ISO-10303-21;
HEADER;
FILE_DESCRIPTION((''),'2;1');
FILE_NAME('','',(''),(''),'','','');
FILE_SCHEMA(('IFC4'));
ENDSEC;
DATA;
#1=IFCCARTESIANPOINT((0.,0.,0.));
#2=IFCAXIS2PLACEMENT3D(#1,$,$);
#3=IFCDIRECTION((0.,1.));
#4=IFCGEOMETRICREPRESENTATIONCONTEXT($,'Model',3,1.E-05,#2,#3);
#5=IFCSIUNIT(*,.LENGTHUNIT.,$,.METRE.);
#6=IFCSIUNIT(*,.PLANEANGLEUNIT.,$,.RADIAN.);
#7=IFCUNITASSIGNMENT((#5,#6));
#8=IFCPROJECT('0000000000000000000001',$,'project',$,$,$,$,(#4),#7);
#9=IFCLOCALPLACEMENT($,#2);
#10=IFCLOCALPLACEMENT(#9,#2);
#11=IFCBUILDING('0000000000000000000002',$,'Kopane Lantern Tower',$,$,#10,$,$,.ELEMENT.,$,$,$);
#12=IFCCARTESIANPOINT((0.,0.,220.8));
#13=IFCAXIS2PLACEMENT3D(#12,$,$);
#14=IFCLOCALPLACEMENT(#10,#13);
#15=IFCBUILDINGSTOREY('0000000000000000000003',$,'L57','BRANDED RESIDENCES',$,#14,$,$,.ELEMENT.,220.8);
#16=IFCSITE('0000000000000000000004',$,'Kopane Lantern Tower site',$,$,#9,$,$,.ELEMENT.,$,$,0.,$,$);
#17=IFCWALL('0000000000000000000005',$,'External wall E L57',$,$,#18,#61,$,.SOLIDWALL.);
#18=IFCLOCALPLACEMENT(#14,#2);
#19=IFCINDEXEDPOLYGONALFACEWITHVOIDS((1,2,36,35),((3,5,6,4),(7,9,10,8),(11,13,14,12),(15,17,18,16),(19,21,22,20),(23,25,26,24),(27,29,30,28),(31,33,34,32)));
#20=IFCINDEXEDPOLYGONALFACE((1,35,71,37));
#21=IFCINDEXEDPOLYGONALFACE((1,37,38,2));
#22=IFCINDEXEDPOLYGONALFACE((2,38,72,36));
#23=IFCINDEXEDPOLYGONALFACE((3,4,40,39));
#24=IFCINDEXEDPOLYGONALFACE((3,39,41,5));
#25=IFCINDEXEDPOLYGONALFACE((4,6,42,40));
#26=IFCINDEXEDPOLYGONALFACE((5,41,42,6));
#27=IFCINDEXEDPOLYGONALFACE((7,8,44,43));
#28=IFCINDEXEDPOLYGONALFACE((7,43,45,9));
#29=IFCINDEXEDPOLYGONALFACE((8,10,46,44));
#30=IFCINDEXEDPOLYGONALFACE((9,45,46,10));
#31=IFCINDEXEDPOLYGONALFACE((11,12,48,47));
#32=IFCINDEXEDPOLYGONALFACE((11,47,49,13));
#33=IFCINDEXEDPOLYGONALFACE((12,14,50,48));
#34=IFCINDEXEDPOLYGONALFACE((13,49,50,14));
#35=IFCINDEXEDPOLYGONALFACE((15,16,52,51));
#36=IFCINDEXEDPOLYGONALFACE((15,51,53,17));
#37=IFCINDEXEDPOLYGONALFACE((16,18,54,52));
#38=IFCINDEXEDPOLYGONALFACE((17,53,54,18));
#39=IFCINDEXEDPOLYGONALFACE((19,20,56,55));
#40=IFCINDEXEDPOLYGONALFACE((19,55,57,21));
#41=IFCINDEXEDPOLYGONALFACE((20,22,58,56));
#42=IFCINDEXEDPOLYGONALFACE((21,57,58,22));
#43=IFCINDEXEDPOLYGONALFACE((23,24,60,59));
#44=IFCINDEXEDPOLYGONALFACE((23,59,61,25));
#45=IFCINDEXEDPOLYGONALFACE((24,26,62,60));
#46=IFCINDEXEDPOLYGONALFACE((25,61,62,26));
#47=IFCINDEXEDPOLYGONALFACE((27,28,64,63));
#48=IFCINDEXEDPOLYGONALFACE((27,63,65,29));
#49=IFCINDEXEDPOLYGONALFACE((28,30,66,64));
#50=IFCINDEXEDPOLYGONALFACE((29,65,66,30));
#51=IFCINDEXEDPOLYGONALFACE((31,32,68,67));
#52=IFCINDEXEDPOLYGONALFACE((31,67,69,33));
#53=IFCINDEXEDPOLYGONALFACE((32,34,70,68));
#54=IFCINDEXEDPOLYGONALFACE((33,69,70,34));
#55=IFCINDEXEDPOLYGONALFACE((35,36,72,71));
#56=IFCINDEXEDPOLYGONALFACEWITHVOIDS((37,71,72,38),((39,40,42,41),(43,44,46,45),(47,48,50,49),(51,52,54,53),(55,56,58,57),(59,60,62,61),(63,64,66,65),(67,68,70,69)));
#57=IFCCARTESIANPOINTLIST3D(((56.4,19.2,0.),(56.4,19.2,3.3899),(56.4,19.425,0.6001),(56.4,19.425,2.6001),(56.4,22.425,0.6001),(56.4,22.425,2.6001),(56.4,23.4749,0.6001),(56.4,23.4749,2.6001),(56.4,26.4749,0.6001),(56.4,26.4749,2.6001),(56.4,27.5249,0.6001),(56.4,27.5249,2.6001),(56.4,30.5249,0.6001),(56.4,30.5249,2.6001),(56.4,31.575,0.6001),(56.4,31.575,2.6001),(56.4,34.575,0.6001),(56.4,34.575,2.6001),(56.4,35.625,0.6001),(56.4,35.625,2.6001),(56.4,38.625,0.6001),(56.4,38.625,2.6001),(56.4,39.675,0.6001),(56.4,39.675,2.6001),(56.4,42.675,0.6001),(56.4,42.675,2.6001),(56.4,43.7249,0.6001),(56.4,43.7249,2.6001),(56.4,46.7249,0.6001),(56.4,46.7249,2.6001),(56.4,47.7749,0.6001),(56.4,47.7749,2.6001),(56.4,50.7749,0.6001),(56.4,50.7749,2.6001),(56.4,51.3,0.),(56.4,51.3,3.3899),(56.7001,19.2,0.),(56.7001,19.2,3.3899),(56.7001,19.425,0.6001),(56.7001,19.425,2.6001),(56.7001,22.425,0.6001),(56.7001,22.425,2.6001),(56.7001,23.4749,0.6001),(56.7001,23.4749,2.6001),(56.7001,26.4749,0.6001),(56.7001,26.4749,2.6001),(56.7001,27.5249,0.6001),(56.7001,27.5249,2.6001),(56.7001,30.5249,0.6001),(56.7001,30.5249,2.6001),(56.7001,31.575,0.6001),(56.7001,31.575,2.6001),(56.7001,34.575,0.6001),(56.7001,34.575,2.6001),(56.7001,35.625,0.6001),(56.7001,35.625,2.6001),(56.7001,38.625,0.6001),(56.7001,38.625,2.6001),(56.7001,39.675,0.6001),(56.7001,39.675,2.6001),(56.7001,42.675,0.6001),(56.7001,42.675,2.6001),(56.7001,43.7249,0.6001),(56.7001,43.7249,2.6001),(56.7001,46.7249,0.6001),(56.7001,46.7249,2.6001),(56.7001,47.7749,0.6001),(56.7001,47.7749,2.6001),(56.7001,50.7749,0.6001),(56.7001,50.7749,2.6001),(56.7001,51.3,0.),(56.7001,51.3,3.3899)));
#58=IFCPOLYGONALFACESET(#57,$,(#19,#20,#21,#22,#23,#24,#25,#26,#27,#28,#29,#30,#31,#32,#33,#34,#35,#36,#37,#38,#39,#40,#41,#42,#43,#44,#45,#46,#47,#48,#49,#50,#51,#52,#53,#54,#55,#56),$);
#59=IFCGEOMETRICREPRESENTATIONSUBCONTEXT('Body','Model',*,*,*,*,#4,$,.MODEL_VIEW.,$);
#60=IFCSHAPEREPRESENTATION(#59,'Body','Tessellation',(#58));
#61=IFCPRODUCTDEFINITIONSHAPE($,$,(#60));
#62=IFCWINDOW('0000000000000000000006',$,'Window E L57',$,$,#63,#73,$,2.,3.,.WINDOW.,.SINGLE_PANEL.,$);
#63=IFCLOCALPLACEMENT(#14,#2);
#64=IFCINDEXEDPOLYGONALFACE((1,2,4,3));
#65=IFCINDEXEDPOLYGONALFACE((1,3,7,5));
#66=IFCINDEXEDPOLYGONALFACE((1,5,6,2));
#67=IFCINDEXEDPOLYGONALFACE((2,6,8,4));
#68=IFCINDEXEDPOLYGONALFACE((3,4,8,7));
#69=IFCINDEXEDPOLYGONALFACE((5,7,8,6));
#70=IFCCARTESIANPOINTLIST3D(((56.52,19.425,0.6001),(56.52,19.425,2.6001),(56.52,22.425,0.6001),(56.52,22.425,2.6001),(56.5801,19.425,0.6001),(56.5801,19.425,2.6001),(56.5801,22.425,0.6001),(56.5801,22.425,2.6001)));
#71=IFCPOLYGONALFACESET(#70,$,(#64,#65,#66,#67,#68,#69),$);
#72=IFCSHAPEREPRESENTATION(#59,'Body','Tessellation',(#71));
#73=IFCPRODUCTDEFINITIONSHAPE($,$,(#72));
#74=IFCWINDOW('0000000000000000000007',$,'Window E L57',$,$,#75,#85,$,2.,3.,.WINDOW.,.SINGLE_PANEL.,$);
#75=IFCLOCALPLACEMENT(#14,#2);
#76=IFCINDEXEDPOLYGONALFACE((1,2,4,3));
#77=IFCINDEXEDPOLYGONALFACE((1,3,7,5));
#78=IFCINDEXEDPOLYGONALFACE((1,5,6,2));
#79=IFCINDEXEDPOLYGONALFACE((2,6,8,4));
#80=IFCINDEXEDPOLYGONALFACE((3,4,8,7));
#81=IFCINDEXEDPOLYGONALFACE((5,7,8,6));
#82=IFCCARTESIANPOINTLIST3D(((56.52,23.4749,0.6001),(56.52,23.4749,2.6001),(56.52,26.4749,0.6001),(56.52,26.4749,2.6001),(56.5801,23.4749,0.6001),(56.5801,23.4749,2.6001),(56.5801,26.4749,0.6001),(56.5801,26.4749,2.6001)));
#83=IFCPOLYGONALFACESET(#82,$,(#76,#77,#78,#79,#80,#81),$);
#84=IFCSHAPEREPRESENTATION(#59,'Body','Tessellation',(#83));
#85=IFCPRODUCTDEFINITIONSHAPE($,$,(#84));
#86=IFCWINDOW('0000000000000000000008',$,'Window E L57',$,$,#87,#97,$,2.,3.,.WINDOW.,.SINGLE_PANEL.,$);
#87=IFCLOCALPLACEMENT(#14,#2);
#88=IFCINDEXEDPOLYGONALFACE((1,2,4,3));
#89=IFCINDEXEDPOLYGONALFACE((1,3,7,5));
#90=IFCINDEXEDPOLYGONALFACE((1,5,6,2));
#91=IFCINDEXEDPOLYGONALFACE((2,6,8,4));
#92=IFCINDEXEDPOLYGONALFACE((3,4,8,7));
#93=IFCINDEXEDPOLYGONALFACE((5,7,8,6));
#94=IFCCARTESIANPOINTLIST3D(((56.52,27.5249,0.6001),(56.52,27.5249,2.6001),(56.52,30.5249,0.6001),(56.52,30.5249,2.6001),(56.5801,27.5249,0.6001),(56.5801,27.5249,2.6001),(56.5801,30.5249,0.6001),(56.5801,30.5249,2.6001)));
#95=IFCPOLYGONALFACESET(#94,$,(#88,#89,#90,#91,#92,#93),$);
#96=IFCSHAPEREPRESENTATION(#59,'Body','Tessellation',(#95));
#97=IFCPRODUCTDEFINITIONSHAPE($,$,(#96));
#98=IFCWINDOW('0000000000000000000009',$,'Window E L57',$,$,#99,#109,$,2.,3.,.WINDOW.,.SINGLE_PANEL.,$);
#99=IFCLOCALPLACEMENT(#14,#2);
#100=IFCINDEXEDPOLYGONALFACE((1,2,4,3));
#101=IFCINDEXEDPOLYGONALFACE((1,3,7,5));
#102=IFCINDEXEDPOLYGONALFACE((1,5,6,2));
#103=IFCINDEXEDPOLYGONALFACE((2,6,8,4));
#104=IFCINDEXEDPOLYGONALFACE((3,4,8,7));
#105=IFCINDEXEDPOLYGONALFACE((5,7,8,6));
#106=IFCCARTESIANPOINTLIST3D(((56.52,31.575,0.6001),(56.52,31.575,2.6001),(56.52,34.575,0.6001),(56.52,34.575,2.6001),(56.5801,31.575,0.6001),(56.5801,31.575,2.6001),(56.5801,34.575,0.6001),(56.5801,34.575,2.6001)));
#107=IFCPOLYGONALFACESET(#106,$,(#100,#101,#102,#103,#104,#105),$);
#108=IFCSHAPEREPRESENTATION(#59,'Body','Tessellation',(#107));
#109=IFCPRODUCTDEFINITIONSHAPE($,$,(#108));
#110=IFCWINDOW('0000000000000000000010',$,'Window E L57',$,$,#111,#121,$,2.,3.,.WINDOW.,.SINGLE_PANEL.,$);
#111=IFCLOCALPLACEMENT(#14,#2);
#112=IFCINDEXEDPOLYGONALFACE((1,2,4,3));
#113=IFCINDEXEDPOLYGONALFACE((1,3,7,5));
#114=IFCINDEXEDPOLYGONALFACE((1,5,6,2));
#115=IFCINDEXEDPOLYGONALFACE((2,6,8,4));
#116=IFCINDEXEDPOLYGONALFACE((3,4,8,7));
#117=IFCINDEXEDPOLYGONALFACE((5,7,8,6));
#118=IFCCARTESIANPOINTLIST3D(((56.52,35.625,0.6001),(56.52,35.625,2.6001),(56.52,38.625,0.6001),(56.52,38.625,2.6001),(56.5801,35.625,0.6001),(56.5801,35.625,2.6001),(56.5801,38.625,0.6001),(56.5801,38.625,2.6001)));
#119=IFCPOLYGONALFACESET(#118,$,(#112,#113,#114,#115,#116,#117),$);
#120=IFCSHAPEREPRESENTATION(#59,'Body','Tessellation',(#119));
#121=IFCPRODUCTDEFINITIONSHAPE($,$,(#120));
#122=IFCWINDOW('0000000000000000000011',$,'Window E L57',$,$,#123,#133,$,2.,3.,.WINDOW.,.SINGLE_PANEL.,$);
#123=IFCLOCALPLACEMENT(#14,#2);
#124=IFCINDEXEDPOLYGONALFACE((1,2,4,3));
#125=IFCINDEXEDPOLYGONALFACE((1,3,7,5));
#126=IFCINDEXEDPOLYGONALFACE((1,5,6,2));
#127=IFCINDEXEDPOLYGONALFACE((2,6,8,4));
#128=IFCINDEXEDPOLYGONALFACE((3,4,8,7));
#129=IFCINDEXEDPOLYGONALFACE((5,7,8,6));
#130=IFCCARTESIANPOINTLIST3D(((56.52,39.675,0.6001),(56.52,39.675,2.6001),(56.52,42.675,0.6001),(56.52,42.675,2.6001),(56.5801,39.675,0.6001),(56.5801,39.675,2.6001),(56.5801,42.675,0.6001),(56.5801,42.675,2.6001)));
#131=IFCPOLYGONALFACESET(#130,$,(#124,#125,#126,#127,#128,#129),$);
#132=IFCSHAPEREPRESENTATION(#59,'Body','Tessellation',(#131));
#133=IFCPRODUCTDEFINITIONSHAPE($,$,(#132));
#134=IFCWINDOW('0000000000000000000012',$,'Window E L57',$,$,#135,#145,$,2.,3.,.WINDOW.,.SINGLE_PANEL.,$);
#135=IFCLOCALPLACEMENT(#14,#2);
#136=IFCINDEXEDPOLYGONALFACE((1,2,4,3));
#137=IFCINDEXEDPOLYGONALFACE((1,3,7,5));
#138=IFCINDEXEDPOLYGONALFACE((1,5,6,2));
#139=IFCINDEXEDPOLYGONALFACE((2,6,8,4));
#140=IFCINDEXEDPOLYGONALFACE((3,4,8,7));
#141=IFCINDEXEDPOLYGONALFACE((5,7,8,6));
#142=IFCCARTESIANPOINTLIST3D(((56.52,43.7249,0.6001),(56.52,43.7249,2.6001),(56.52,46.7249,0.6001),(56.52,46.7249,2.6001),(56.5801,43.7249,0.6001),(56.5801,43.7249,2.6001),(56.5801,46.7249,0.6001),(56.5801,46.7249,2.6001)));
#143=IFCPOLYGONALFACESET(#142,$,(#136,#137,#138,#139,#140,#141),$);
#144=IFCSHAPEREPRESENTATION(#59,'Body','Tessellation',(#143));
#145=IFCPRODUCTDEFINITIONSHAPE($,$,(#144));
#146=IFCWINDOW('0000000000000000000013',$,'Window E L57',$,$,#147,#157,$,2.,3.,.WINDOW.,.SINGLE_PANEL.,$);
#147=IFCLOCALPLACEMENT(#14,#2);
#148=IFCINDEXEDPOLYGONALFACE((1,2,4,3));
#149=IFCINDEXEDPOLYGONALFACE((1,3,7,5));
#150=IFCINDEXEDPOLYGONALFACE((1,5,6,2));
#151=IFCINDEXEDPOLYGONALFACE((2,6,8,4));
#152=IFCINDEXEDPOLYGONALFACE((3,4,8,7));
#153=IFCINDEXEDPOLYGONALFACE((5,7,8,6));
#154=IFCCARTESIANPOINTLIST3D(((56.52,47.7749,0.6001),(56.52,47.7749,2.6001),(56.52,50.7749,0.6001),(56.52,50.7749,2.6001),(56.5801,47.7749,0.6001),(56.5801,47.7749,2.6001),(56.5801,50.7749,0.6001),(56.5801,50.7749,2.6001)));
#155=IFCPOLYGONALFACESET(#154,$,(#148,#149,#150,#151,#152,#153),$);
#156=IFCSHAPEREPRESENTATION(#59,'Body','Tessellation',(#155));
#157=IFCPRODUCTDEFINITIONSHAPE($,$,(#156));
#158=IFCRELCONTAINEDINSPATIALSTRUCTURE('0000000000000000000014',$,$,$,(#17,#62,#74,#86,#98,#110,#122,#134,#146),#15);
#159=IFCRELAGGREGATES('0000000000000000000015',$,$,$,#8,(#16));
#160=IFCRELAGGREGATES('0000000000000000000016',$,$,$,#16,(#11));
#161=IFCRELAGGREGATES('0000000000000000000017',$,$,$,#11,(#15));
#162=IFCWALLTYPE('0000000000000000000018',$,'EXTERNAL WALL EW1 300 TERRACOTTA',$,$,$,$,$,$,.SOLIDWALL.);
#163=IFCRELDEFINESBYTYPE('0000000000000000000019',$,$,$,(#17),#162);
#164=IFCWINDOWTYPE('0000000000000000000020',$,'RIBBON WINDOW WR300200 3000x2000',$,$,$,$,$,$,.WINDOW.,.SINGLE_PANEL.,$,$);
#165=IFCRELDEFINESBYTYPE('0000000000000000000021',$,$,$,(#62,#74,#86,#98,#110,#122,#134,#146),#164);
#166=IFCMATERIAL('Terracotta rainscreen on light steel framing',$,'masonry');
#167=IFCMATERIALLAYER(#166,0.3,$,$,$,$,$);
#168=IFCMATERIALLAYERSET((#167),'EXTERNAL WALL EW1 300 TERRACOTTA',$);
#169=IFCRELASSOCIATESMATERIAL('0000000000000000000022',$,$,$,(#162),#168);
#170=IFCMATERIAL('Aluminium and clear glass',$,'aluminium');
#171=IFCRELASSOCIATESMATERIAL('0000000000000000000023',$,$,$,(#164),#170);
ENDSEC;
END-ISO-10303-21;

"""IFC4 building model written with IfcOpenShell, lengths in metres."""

from ifc_helpers import new_model, si_unit, direction, frame, frame_2d, origin, place, context, subcontext, project, spatial, rectangle, extrude, material, layer, layer_set, type_object, element, fill, save


model = new_model("IFC4")

# Units and contexts
model_context = context("Model", 3, precision=1e-05, world=origin(), true_north=direction((0.0, 1.0)))
body_context = subcontext(model_context, "Body", "Model", "MODEL_VIEW")
ifc_project = project(units=[si_unit("LENGTHUNIT", "METRE"), si_unit("PLANEANGLEUNIT", "RADIAN")], contexts=[model_context])

# Site, building, storey
site_placement = place(None, origin())
site = spatial("IfcSite", under=ifc_project, at=site_placement, Name="Kopane Lantern Tower site", CompositionType="ELEMENT", RefElevation=0.0)
building_placement = place(site_placement, origin())
building = spatial("IfcBuilding", under=site, at=building_placement, Name="Kopane Lantern Tower", CompositionType="ELEMENT")
storey_placement = place(building_placement, frame((0.0, 0.0, 220.8)))
storey = spatial("IfcBuildingStorey", under=building, at=storey_placement, Name="L57", Description="BRANDED RESIDENCES", CompositionType="ELEMENT", Elevation=220.8)

# Shared definitions
ifc_material_1 = material(Name="Terracotta rainscreen on light steel framing", Category="masonry")
ifc_layer_1 = layer(ifc_material_1, 0.3)
ifc_layer_set_1 = layer_set([ifc_layer_1], Name="EXTERNAL WALL EW1 300 TERRACOTTA")
wall_type_1 = type_object("IfcWallType", Name="EXTERNAL WALL EW1 300 TERRACOTTA", PredefinedType="SOLIDWALL", material=ifc_layer_set_1)
ifc_material_2 = material(Name="Aluminium and clear glass", Category="aluminium")
window_type = type_object("IfcWindowType", Name="RIBBON WINDOW WR300200 3000x2000", PartitioningType="SINGLE_PANEL", PredefinedType="WINDOW", material=ifc_material_2)

# Wall, openings, windows
wall_1_placement = place(storey_placement, frame((56.55, 19.2, 0.0), z_axis=(0.0, 0.0, 1.0), x_axis=(0.0, 1.0, 0.0)))
wall_1 = element("IfcWall", 1, at=wall_1_placement, inside=storey, type_object=wall_type_1, Name="External wall E L57", PredefinedType="SOLIDWALL", context=body_context, shape_type="SweptSolid", body=[
    extrude(rectangle(XDim=32.1001, YDim=0.3, at=frame_2d((16.05, 0.0))), origin(), (0.0, 0.0, 1.0), 3.3899),
])
opening_1_placement = place(wall_1_placement, frame((0.2251, 0.0, 0.6001)))
opening_1 = element("IfcOpeningElement", 2, at=opening_1_placement, cuts=wall_1, PredefinedType="OPENING", context=body_context, shape_type="SweptSolid", body=[
    extrude(rectangle(XDim=3.0, YDim=2.0, at=frame_2d((1.5, 1.0))), frame((0.0, 0.1599, 0.0), z_axis=(0.0, -1.0, 0.0), x_axis=(1.0, 0.0, 0.0)), (0.0, 0.0, 1.0), 0.3201),
])
opening_2_placement = place(wall_1_placement, frame((4.2749, 0.0, 0.6001)))
opening_2 = element("IfcOpeningElement", 3, at=opening_2_placement, cuts=wall_1, PredefinedType="OPENING", context=body_context, shape_type="SweptSolid", body=[
    extrude(rectangle(XDim=3.0, YDim=2.0, at=frame_2d((1.5, 1.0))), frame((0.0, 0.1599, 0.0), z_axis=(0.0, -1.0, 0.0), x_axis=(1.0, 0.0, 0.0)), (0.0, 0.0, 1.0), 0.3201),
])
opening_3_placement = place(wall_1_placement, frame((8.325, 0.0, 0.6001)))
opening_3 = element("IfcOpeningElement", 4, at=opening_3_placement, cuts=wall_1, PredefinedType="OPENING", context=body_context, shape_type="SweptSolid", body=[
    extrude(rectangle(XDim=3.0, YDim=2.0, at=frame_2d((1.5, 1.0))), frame((0.0, 0.1599, 0.0), z_axis=(0.0, -1.0, 0.0), x_axis=(1.0, 0.0, 0.0)), (0.0, 0.0, 1.0), 0.3201),
])
opening_4_placement = place(wall_1_placement, frame((12.375, 0.0, 0.6001)))
opening_4 = element("IfcOpeningElement", 5, at=opening_4_placement, cuts=wall_1, PredefinedType="OPENING", context=body_context, shape_type="SweptSolid", body=[
    extrude(rectangle(XDim=3.0, YDim=2.0, at=frame_2d((1.5, 1.0))), frame((0.0, 0.1599, 0.0), z_axis=(0.0, -1.0, 0.0), x_axis=(1.0, 0.0, 0.0)), (0.0, 0.0, 1.0), 0.3201),
])
opening_5_placement = place(wall_1_placement, frame((16.425, 0.0, 0.6001)))
opening_5 = element("IfcOpeningElement", 6, at=opening_5_placement, cuts=wall_1, PredefinedType="OPENING", context=body_context, shape_type="SweptSolid", body=[
    extrude(rectangle(XDim=3.0, YDim=2.0, at=frame_2d((1.5, 1.0))), frame((0.0, 0.1599, 0.0), z_axis=(0.0, -1.0, 0.0), x_axis=(1.0, 0.0, 0.0)), (0.0, 0.0, 1.0), 0.3201),
])
opening_6_placement = place(wall_1_placement, frame((20.4751, 0.0, 0.6001)))
opening_6 = element("IfcOpeningElement", 7, at=opening_6_placement, cuts=wall_1, PredefinedType="OPENING", context=body_context, shape_type="SweptSolid", body=[
    extrude(rectangle(XDim=3.0, YDim=2.0, at=frame_2d((1.5, 1.0))), frame((0.0, 0.1599, 0.0), z_axis=(0.0, -1.0, 0.0), x_axis=(1.0, 0.0, 0.0)), (0.0, 0.0, 1.0), 0.3201),
])
opening_7_placement = place(wall_1_placement, frame((24.5249, 0.0, 0.6001)))
opening_7 = element("IfcOpeningElement", 8, at=opening_7_placement, cuts=wall_1, PredefinedType="OPENING", context=body_context, shape_type="SweptSolid", body=[
    extrude(rectangle(XDim=3.0, YDim=2.0, at=frame_2d((1.5, 1.0))), frame((0.0, 0.1599, 0.0), z_axis=(0.0, -1.0, 0.0), x_axis=(1.0, 0.0, 0.0)), (0.0, 0.0, 1.0), 0.3201),
])
opening_8_placement = place(wall_1_placement, frame((28.575, 0.0, 0.6001)))
opening_8 = element("IfcOpeningElement", 9, at=opening_8_placement, cuts=wall_1, PredefinedType="OPENING", context=body_context, shape_type="SweptSolid", body=[
    extrude(rectangle(XDim=3.0, YDim=2.0, at=frame_2d((1.5, 1.0))), frame((0.0, 0.1599, 0.0), z_axis=(0.0, -1.0, 0.0), x_axis=(1.0, 0.0, 0.0)), (0.0, 0.0, 1.0), 0.3201),
])
window_1_placement = place(opening_1_placement, origin())
window_1 = element("IfcWindow", 10, at=window_1_placement, inside=storey, type_object=window_type, Name="Window E L57", OverallHeight=2.0, OverallWidth=3.0, PartitioningType="SINGLE_PANEL", PredefinedType="WINDOW", context=body_context, shape_type="SweptSolid", body=[
    extrude(rectangle(XDim=3.0, YDim=2.0, at=frame_2d((1.5, 1.0))), frame((0.0, 0.03, 0.0), z_axis=(0.0, -1.0, 0.0), x_axis=(1.0, 0.0, 0.0)), (0.0, 0.0, 1.0), 0.0601),
])
fill(opening_1, window_1)
window_2_placement = place(opening_2_placement, origin())
window_2 = element("IfcWindow", 11, at=window_2_placement, inside=storey, type_object=window_type, Name="Window E L57", OverallHeight=2.0, OverallWidth=3.0, PartitioningType="SINGLE_PANEL", PredefinedType="WINDOW", context=body_context, shape_type="SweptSolid", body=[
    extrude(rectangle(XDim=3.0, YDim=2.0, at=frame_2d((1.5, 1.0))), frame((0.0, 0.03, 0.0), z_axis=(0.0, -1.0, 0.0), x_axis=(1.0, 0.0, 0.0)), (0.0, 0.0, 1.0), 0.0601),
])
fill(opening_2, window_2)
window_3_placement = place(opening_3_placement, origin())
window_3 = element("IfcWindow", 12, at=window_3_placement, inside=storey, type_object=window_type, Name="Window E L57", OverallHeight=2.0, OverallWidth=3.0, PartitioningType="SINGLE_PANEL", PredefinedType="WINDOW", context=body_context, shape_type="SweptSolid", body=[
    extrude(rectangle(XDim=3.0, YDim=2.0, at=frame_2d((1.5, 1.0))), frame((0.0, 0.03, 0.0), z_axis=(0.0, -1.0, 0.0), x_axis=(1.0, 0.0, 0.0)), (0.0, 0.0, 1.0), 0.0601),
])
fill(opening_3, window_3)
window_4_placement = place(opening_4_placement, origin())
window_4 = element("IfcWindow", 13, at=window_4_placement, inside=storey, type_object=window_type, Name="Window E L57", OverallHeight=2.0, OverallWidth=3.0, PartitioningType="SINGLE_PANEL", PredefinedType="WINDOW", context=body_context, shape_type="SweptSolid", body=[
    extrude(rectangle(XDim=3.0, YDim=2.0, at=frame_2d((1.5, 1.0))), frame((0.0, 0.03, 0.0), z_axis=(0.0, -1.0, 0.0), x_axis=(1.0, 0.0, 0.0)), (0.0, 0.0, 1.0), 0.0601),
])
fill(opening_4, window_4)
window_5_placement = place(opening_5_placement, origin())
window_5 = element("IfcWindow", 14, at=window_5_placement, inside=storey, type_object=window_type, Name="Window E L57", OverallHeight=2.0, OverallWidth=3.0, PartitioningType="SINGLE_PANEL", PredefinedType="WINDOW", context=body_context, shape_type="SweptSolid", body=[
    extrude(rectangle(XDim=3.0, YDim=2.0, at=frame_2d((1.5, 1.0))), frame((0.0, 0.03, 0.0), z_axis=(0.0, -1.0, 0.0), x_axis=(1.0, 0.0, 0.0)), (0.0, 0.0, 1.0), 0.0601),
])
fill(opening_5, window_5)
window_6_placement = place(opening_6_placement, origin())
window_6 = element("IfcWindow", 15, at=window_6_placement, inside=storey, type_object=window_type, Name="Window E L57", OverallHeight=2.0, OverallWidth=3.0, PartitioningType="SINGLE_PANEL", PredefinedType="WINDOW", context=body_context, shape_type="SweptSolid", body=[
    extrude(rectangle(XDim=3.0, YDim=2.0, at=frame_2d((1.5, 1.0))), frame((0.0, 0.03, 0.0), z_axis=(0.0, -1.0, 0.0), x_axis=(1.0, 0.0, 0.0)), (0.0, 0.0, 1.0), 0.0601),
])
fill(opening_6, window_6)
window_7_placement = place(opening_7_placement, origin())
window_7 = element("IfcWindow", 16, at=window_7_placement, inside=storey, type_object=window_type, Name="Window E L57", OverallHeight=2.0, OverallWidth=3.0, PartitioningType="SINGLE_PANEL", PredefinedType="WINDOW", context=body_context, shape_type="SweptSolid", body=[
    extrude(rectangle(XDim=3.0, YDim=2.0, at=frame_2d((1.5, 1.0))), frame((0.0, 0.03, 0.0), z_axis=(0.0, -1.0, 0.0), x_axis=(1.0, 0.0, 0.0)), (0.0, 0.0, 1.0), 0.0601),
])
fill(opening_7, window_7)
window_8_placement = place(opening_8_placement, origin())
window_8 = element("IfcWindow", 17, at=window_8_placement, inside=storey, type_object=window_type, Name="Window E L57", OverallHeight=2.0, OverallWidth=3.0, PartitioningType="SINGLE_PANEL", PredefinedType="WINDOW", context=body_context, shape_type="SweptSolid", body=[
    extrude(rectangle(XDim=3.0, YDim=2.0, at=frame_2d((1.5, 1.0))), frame((0.0, 0.03, 0.0), z_axis=(0.0, -1.0, 0.0), x_axis=(1.0, 0.0, 0.0)), (0.0, 0.0, 1.0), 0.0601),
])
fill(opening_8, window_8)

save(model, "model.ifc")
